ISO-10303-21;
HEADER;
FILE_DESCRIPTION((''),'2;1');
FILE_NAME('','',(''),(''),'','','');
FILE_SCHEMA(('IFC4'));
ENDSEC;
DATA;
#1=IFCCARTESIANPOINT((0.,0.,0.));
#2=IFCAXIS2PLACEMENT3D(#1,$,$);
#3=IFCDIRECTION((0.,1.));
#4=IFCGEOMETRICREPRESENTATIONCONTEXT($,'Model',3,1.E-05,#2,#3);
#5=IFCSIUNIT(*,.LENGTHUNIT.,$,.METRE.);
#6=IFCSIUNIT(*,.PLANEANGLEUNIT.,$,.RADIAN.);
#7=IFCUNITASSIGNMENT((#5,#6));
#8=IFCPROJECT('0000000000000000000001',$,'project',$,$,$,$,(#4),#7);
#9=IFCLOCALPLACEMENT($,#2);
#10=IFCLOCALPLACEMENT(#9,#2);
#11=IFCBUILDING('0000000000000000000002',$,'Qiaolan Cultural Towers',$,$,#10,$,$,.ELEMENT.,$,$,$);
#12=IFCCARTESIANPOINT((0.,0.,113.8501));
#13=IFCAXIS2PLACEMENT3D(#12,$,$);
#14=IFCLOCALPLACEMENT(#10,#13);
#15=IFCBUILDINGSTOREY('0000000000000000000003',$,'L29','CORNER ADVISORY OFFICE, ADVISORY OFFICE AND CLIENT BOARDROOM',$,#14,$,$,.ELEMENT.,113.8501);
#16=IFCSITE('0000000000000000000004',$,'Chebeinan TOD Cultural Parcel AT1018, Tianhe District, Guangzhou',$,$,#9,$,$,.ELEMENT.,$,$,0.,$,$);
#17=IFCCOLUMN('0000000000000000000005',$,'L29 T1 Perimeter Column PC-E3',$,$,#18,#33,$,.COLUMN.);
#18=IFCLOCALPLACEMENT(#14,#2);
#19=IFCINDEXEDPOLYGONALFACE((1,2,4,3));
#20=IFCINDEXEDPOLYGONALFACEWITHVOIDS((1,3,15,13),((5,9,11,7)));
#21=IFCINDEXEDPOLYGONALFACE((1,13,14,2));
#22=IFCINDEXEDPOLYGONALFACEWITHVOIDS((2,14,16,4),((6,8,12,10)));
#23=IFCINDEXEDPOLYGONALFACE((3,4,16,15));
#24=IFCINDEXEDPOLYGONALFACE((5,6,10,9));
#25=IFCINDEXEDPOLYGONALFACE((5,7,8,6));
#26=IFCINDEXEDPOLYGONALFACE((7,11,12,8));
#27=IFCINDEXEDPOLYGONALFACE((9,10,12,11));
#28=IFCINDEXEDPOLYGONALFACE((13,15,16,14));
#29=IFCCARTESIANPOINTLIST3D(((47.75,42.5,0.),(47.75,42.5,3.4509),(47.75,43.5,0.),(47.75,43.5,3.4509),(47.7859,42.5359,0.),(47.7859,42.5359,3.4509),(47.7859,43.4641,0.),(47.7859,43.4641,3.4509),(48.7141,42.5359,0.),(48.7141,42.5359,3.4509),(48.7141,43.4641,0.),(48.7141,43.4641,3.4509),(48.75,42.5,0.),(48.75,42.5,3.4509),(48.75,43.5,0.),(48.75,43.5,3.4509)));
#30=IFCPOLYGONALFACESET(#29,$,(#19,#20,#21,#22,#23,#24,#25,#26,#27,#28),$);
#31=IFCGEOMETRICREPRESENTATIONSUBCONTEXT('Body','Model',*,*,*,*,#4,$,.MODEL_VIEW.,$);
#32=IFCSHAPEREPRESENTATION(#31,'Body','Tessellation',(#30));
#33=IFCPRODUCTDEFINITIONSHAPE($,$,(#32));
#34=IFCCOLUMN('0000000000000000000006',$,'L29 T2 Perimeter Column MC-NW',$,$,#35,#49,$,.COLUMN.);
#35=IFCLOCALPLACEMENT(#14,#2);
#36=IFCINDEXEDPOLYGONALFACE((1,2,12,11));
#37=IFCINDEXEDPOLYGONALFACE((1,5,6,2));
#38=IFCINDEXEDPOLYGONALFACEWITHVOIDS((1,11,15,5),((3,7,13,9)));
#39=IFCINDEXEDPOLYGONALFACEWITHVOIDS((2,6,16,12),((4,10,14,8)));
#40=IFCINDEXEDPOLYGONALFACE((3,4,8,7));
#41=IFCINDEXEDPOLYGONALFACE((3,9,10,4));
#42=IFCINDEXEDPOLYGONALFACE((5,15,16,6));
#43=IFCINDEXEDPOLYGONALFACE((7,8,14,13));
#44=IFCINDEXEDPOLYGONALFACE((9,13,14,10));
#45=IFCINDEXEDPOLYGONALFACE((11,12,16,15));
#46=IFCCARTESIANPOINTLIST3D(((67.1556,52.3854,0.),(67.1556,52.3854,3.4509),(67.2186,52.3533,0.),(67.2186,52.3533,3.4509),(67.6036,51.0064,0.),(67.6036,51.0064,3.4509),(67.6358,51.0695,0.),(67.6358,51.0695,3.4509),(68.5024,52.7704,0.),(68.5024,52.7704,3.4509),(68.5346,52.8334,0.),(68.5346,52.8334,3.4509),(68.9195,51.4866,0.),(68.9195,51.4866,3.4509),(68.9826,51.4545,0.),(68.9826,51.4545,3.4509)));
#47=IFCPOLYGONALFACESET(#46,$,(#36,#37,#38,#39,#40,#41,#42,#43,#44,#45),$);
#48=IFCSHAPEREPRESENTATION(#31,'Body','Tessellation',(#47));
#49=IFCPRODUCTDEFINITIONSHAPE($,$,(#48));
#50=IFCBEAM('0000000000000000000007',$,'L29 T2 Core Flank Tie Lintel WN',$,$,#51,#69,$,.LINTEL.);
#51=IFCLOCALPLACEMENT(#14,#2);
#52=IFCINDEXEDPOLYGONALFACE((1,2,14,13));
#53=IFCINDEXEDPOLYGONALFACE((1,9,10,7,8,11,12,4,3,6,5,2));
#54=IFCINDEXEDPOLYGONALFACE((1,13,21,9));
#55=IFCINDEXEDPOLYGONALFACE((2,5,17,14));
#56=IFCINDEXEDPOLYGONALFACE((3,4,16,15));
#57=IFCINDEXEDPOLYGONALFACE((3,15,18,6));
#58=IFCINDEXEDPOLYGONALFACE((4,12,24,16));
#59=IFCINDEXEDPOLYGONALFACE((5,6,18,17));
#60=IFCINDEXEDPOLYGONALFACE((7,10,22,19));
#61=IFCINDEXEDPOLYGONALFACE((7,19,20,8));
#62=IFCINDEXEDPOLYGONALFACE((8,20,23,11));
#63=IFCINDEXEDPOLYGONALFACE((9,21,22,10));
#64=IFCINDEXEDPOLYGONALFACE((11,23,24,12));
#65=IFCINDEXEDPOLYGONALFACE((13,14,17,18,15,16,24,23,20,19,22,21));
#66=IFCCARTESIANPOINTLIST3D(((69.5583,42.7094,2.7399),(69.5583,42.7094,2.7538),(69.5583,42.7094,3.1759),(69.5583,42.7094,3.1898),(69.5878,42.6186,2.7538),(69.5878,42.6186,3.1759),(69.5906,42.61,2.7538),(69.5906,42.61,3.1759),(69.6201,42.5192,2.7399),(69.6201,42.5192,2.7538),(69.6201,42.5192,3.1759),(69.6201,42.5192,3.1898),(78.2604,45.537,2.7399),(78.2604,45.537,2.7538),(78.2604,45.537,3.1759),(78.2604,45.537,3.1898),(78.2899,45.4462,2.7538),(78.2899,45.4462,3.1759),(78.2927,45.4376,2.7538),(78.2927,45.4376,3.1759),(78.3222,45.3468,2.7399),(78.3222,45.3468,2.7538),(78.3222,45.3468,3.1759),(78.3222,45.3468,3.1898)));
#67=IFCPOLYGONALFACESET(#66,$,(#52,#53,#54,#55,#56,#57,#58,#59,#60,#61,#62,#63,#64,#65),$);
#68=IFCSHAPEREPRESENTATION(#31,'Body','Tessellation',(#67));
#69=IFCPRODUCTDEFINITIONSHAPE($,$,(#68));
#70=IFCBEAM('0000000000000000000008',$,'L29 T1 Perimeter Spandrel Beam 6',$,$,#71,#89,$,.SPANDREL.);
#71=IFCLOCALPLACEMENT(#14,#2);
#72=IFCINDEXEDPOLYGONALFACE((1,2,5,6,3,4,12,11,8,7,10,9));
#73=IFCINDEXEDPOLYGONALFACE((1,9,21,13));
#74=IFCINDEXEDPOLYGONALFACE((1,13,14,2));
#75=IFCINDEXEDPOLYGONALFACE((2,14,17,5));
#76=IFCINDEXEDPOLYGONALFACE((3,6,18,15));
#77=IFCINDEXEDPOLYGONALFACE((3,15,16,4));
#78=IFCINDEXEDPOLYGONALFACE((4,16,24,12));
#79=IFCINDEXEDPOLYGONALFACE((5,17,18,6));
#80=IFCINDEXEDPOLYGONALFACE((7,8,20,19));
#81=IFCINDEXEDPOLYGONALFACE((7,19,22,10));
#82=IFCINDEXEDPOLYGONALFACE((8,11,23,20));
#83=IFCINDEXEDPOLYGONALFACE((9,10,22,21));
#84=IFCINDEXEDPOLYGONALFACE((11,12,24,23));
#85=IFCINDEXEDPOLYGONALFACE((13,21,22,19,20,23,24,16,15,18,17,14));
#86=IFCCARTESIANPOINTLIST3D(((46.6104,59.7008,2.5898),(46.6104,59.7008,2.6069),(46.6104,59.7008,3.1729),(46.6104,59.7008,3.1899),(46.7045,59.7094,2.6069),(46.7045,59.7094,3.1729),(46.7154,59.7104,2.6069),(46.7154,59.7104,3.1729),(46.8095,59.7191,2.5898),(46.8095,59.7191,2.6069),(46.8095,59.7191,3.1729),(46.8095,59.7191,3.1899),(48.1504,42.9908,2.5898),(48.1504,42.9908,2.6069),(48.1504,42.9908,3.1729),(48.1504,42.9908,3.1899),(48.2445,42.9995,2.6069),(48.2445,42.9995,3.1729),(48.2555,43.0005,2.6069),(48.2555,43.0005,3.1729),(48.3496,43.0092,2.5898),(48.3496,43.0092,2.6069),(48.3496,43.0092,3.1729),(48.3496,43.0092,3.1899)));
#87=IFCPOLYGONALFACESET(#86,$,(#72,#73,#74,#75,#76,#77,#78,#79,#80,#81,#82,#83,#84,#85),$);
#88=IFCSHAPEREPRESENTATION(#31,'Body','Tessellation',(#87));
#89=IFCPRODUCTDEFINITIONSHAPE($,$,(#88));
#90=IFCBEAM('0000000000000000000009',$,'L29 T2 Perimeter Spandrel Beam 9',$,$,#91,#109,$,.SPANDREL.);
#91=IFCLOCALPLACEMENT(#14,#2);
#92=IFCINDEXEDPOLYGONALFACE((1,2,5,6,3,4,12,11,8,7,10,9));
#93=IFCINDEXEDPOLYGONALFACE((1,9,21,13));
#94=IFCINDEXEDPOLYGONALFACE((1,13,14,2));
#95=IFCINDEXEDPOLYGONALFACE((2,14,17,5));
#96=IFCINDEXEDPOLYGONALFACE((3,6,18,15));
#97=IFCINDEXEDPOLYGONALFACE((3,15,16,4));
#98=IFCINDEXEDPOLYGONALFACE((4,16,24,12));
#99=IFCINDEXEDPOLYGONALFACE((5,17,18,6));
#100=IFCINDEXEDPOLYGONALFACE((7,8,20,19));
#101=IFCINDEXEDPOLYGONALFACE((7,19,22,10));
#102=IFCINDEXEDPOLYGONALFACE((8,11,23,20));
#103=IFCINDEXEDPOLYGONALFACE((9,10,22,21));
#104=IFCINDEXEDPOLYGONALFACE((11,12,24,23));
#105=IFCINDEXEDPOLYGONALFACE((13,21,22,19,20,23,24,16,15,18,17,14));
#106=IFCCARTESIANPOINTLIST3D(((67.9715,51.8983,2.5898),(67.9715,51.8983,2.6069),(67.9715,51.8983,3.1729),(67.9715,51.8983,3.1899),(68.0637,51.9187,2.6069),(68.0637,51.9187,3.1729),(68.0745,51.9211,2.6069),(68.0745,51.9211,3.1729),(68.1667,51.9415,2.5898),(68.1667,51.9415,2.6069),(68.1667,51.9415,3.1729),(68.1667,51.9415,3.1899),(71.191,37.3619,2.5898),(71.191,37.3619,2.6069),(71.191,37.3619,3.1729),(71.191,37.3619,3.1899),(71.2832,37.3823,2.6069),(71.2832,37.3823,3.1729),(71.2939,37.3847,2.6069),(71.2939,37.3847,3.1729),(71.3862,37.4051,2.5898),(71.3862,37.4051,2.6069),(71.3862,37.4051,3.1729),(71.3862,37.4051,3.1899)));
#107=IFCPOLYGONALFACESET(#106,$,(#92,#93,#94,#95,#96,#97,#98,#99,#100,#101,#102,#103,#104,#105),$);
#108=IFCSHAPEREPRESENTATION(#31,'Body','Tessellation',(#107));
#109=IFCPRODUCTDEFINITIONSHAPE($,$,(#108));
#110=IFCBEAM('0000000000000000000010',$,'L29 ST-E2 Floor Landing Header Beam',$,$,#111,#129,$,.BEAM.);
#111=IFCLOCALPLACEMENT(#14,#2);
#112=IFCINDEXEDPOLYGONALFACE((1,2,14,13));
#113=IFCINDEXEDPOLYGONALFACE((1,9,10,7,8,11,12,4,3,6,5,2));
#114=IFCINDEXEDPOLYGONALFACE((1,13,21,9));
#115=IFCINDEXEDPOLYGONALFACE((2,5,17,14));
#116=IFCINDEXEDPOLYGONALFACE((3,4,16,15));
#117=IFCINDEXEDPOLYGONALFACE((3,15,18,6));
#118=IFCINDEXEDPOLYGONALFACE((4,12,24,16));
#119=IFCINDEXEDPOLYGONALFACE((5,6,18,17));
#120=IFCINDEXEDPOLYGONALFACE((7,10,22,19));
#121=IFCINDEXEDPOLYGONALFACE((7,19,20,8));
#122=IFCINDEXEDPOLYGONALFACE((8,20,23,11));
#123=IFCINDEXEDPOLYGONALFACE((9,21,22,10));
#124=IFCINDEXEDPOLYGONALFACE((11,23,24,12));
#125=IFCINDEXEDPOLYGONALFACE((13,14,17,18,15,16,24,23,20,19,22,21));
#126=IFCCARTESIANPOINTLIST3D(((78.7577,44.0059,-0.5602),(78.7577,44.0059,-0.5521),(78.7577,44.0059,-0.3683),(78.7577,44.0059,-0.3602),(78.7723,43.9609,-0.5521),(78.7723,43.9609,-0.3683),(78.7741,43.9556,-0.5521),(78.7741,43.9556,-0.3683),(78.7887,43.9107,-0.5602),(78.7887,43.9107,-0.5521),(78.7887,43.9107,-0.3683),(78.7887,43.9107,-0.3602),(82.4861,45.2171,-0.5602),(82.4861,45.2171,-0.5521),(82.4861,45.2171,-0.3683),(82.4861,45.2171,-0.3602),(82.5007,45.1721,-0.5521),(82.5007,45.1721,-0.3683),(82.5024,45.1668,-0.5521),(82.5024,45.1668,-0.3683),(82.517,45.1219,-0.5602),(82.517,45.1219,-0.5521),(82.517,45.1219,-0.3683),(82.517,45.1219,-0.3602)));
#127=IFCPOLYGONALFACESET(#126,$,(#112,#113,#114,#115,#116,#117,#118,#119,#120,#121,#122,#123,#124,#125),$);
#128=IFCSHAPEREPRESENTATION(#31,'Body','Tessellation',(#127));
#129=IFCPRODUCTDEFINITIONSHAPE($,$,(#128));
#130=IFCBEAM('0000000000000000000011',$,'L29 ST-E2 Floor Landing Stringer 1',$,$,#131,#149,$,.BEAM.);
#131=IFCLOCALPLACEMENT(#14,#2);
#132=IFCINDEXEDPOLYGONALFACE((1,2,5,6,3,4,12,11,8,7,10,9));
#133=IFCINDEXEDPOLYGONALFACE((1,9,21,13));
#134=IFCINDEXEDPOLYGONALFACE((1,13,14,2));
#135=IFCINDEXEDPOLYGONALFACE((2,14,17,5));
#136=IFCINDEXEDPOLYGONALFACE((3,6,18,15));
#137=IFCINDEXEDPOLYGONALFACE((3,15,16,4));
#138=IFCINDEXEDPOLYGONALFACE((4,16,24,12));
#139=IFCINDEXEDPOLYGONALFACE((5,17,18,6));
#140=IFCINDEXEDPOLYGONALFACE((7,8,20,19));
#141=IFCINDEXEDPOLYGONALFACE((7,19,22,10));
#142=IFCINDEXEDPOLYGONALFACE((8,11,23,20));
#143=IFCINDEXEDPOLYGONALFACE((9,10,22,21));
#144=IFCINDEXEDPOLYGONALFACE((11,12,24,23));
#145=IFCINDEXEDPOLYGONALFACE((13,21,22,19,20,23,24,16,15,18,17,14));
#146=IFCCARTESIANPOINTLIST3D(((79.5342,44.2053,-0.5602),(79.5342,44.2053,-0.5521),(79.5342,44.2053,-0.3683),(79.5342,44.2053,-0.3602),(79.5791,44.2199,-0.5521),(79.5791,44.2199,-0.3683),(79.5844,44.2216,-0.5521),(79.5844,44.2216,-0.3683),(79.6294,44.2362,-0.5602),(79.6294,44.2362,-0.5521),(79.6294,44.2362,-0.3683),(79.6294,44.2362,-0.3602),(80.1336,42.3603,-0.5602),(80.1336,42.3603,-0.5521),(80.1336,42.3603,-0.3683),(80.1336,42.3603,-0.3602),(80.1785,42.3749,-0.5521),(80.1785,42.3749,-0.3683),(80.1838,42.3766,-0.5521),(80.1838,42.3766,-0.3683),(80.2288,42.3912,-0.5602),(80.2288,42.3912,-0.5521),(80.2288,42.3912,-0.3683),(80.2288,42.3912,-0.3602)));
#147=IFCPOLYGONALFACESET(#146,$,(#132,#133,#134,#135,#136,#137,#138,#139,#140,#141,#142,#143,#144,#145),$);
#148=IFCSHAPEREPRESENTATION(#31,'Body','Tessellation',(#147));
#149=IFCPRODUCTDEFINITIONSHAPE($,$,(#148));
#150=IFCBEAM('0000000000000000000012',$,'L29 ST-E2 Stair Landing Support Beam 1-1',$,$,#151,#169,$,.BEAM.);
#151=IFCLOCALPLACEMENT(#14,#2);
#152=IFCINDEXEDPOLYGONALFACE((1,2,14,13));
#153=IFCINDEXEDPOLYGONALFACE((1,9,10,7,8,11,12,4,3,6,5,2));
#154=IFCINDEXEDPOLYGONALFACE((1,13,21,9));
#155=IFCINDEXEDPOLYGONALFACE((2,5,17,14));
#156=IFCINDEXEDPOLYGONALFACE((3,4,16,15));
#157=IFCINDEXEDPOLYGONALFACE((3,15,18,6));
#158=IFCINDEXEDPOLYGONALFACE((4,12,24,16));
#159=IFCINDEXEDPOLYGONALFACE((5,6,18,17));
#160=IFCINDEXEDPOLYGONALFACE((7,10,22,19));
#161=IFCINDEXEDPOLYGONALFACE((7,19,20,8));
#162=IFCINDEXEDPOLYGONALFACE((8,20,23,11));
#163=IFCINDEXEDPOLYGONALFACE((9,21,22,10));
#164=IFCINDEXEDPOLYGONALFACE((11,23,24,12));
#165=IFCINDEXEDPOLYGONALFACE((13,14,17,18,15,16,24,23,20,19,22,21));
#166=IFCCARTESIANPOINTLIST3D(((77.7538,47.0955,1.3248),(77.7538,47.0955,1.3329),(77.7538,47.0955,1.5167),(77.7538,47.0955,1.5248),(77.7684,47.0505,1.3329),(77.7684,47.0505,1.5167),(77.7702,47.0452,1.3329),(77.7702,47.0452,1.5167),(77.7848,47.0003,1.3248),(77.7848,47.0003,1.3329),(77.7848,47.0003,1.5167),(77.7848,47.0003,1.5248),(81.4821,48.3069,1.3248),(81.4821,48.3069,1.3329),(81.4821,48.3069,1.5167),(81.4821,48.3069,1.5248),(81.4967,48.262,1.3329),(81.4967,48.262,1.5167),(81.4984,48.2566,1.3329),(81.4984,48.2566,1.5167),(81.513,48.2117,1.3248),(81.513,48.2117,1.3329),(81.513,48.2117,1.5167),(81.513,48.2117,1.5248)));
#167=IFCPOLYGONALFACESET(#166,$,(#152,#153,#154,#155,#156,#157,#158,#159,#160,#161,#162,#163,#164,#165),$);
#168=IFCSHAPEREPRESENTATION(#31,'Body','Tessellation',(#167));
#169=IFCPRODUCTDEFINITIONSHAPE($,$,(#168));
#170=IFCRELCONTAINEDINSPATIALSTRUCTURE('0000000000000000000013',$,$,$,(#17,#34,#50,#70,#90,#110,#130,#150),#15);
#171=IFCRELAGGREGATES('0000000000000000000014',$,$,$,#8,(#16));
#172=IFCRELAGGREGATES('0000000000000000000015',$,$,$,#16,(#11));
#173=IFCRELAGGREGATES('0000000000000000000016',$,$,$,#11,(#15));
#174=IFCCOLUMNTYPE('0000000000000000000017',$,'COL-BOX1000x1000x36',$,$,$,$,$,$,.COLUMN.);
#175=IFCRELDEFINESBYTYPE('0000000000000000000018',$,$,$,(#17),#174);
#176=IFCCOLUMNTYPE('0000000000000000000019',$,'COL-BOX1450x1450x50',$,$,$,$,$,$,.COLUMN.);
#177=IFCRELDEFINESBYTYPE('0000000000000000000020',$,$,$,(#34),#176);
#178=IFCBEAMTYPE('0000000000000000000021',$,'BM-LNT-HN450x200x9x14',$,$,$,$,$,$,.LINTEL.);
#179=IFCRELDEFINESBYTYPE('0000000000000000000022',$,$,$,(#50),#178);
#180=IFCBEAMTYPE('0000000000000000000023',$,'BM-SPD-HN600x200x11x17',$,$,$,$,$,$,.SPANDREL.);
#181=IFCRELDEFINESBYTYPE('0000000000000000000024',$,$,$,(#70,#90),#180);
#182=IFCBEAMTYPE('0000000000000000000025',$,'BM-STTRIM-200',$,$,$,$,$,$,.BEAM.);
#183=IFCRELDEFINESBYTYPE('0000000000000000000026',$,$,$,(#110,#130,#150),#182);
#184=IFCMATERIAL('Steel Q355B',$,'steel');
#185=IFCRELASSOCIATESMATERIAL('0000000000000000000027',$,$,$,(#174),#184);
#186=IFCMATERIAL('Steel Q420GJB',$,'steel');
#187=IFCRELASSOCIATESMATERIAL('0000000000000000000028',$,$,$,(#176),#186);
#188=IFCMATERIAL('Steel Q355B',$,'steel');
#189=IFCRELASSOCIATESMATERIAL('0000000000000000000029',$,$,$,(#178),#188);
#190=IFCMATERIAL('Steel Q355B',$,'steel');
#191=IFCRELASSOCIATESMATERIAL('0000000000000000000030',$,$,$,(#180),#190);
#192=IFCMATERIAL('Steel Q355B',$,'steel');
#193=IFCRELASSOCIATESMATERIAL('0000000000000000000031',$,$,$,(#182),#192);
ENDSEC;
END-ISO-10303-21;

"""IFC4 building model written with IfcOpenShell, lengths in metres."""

from ifc_helpers import new_model, si_unit, direction, frame, origin, origin_2d, place, context, subcontext, project, spatial, hollow_rectangle, i_section, extrude, material, material_profile, profile_set, type_object, element, save


model = new_model("IFC4")

# Units and contexts
model_context = context("Model", 3, precision=1e-05, world=origin(), true_north=direction((0.0, 1.0)))
body_context = subcontext(model_context, "Body", "Model", "MODEL_VIEW")
ifc_project = project(units=[si_unit("LENGTHUNIT", "METRE"), si_unit("PLANEANGLEUNIT", "RADIAN")], contexts=[model_context])

# Site, building, storey
site_placement = place(None, origin())
site = spatial("IfcSite", under=ifc_project, at=site_placement, Name="Chebeinan TOD Cultural Parcel AT1018, Tianhe District, Guangzhou", CompositionType="ELEMENT", RefElevation=0.0)
building_placement = place(site_placement, origin())
building = spatial("IfcBuilding", under=site, at=building_placement, Name="Qiaolan Cultural Towers", CompositionType="ELEMENT")
storey_placement = place(building_placement, frame((0.0, 0.0, 113.8501)))
storey = spatial("IfcBuildingStorey", under=building, at=storey_placement, Name="L29", Description="CORNER ADVISORY OFFICE, ADVISORY OFFICE AND CLIENT BOARDROOM", CompositionType="ELEMENT", Elevation=113.8501)

# Columns
ifc_material_1 = material(Name="Steel Q355B", Category="steel")
ifc_material_profile_1 = material_profile(ifc_material_1, hollow_rectangle(XDim=1.0, YDim=1.0, WallThickness=0.0359, at=origin_2d()), Name="BOX1000x1000x36")
ifc_profile_set_1 = profile_set([ifc_material_profile_1], Name="Steel Q355B")
column_type_1 = type_object("IfcColumnType", Name="COL-BOX1000x1000x36", PredefinedType="COLUMN", material=ifc_profile_set_1)
column_1_placement = place(storey_placement, frame((48.25, 43.0, 0.0), z_axis=(0.0, 0.0, 1.0), x_axis=(1.0, 0.0, 0.0)))
element("IfcColumn", 1, at=column_1_placement, inside=storey, type_object=column_type_1, Name="L29 T1 Perimeter Column PC-E3", PredefinedType="COLUMN", context=body_context, shape_type="SweptSolid", body=[
    extrude(hollow_rectangle(XDim=1.0, YDim=1.0, WallThickness=0.0359, at=origin_2d()), origin(), (0.0, 0.0, 1.0), 3.4509),
])
ifc_material_2 = material(Name="Steel Q420GJB", Category="steel")
ifc_material_profile_2 = material_profile(ifc_material_2, hollow_rectangle(XDim=1.45, YDim=1.45, WallThickness=0.05, at=origin_2d()), Name="BOX1450x1450x50")
ifc_profile_set_2 = profile_set([ifc_material_profile_2], Name="Steel Q420GJB")
column_type_2 = type_object("IfcColumnType", Name="COL-BOX1450x1450x50", PredefinedType="COLUMN", material=ifc_profile_set_2)
column_2_placement = place(storey_placement, frame((68.0691, 51.9199, 0.0), z_axis=(0.0, 0.0, 1.0), x_axis=(0.951057, 0.309017, 0.0)))
element("IfcColumn", 2, at=column_2_placement, inside=storey, type_object=column_type_2, Name="L29 T2 Perimeter Column MC-NW", PredefinedType="COLUMN", context=body_context, shape_type="SweptSolid", body=[
    extrude(hollow_rectangle(XDim=1.45, YDim=1.45, WallThickness=0.05, at=origin_2d()), origin(), (0.0, 0.0, 1.0), 3.4509),
])

# Beams
ifc_material_3 = material(Name="Steel Q355B", Category="steel")
ifc_material_profile_3 = material_profile(ifc_material_3, i_section(OverallWidth=0.2, OverallDepth=0.45, WebThickness=0.009, FlangeThickness=0.0139, at=origin_2d()), Name="HN450x200x9x14")
ifc_profile_set_3 = profile_set([ifc_material_profile_3], Name="Steel Q355B")
beam_type_1 = type_object("IfcBeamType", Name="BM-LNT-HN450x200x9x14", PredefinedType="LINTEL", material=ifc_profile_set_3)
beam_1_placement = place(storey_placement, frame((78.2913, 45.4419, 2.9648), z_axis=(-0.951052, -0.309031, 0.0), x_axis=(0.309031, -0.951052, 0.0)))
element("IfcBeam", 3, at=beam_1_placement, inside=storey, type_object=beam_type_1, Name="L29 T2 Core Flank Tie Lintel WN", PredefinedType="LINTEL", context=body_context, shape_type="SweptSolid", body=[
    extrude(i_section(OverallWidth=0.2, OverallDepth=0.45, WebThickness=0.009, FlangeThickness=0.0139, at=origin_2d()), origin(), (0.0, 0.0, 1.0), 9.1499),
])
ifc_material_4 = material(Name="Steel Q355B", Category="steel")
ifc_material_profile_4 = material_profile(ifc_material_4, i_section(OverallWidth=0.2, OverallDepth=0.6001, WebThickness=0.011, FlangeThickness=0.0171, at=origin_2d()), Name="HN600x200x11x17")
ifc_profile_set_4 = profile_set([ifc_material_profile_4], Name="Steel Q355B")
beam_type_2 = type_object("IfcBeamType", Name="BM-SPD-HN600x200x11x17", PredefinedType="SPANDREL", material=ifc_profile_set_4)
beam_2_placement = place(storey_placement, frame((48.25, 43.0, 2.8899), z_axis=(-0.091774, 0.99578, 0.0), x_axis=(-0.99578, -0.091774, 0.0)))
element("IfcBeam", 4, at=beam_2_placement, inside=storey, type_object=beam_type_2, Name="L29 T1 Perimeter Spandrel Beam 6", PredefinedType="SPANDREL", context=body_context, shape_type="SweptSolid", body=[
    extrude(i_section(OverallWidth=0.2, OverallDepth=0.6001, WebThickness=0.011, FlangeThickness=0.0171, at=origin_2d()), origin(), (0.0, 0.0, 1.0), 16.7808),
])
beam_3_placement = place(storey_placement, frame((68.0691, 51.9199, 2.8899), z_axis=(0.216238, -0.976341, 0.0), x_axis=(0.976341, 0.216238, 0.0)))
element("IfcBeam", 5, at=beam_3_placement, inside=storey, type_object=beam_type_2, Name="L29 T2 Perimeter Spandrel Beam 9", PredefinedType="SPANDREL", context=body_context, shape_type="SweptSolid", body=[
    extrude(i_section(OverallWidth=0.2, OverallDepth=0.6001, WebThickness=0.011, FlangeThickness=0.0171, at=origin_2d()), origin(), (0.0, 0.0, 1.0), 14.8887),
])
ifc_material_5 = material(Name="Steel Q355B", Category="steel")
ifc_material_profile_5 = material_profile(ifc_material_5, i_section(OverallWidth=0.1001, OverallDepth=0.2, WebThickness=0.0056, FlangeThickness=0.0081, at=origin_2d()), Name="HN200x100x5.5x8")
ifc_profile_set_5 = profile_set([ifc_material_profile_5], Name="Steel Q355B")
beam_type_3 = type_object("IfcBeamType", Name="BM-STTRIM-200", PredefinedType="BEAM", material=ifc_profile_set_5)
beam_4_placement = place(storey_placement, frame((78.7732, 43.9583, -0.4602), z_axis=(0.951072, 0.308969, 0.0), x_axis=(-0.308969, 0.951072, 0.0)))
element("IfcBeam", 6, at=beam_4_placement, inside=storey, type_object=beam_type_3, Name="L29 ST-E2 Floor Landing Header Beam", PredefinedType="BEAM", context=body_context, shape_type="SweptSolid", body=[
    extrude(i_section(OverallWidth=0.1001, OverallDepth=0.2, WebThickness=0.0056, FlangeThickness=0.0081, at=origin_2d()), origin(), (0.0, 0.0, 1.0), 3.9202),
])
beam_5_placement = place(storey_placement, frame((80.1812, 42.3757, -0.4602), z_axis=(-0.308969, 0.951072, 0.0), x_axis=(-0.951072, -0.308969, 0.0)))
element("IfcBeam", 7, at=beam_5_placement, inside=storey, type_object=beam_type_3, Name="L29 ST-E2 Floor Landing Stringer 1", PredefinedType="BEAM", context=body_context, shape_type="SweptSolid", body=[
    extrude(i_section(OverallWidth=0.1001, OverallDepth=0.2, WebThickness=0.0056, FlangeThickness=0.0081, at=origin_2d()), origin(), (0.0, 0.0, 1.0), 1.9399),
])
for number, where, z_axis, x_axis, name in (
    (8, (77.7693, 47.0479, 1.4248), (0.951054, 0.309026, 0.0), (-0.309026, 0.951054, 0.0), "L29 ST-E2 Stair Landing Support Beam 1-1"),
):
    element("IfcBeam", number, at=place(storey_placement, frame(where, z_axis=z_axis, x_axis=x_axis)), inside=storey, type_object=beam_type_3, Name=name, PredefinedType="BEAM", context=body_context, shape_type="SweptSolid", body=[
        extrude(i_section(OverallWidth=0.1001, OverallDepth=0.2, WebThickness=0.0056, FlangeThickness=0.0081, at=origin_2d()), origin(), (0.0, 0.0, 1.0), 3.9202),
    ])

save(model, "model.ifc")
